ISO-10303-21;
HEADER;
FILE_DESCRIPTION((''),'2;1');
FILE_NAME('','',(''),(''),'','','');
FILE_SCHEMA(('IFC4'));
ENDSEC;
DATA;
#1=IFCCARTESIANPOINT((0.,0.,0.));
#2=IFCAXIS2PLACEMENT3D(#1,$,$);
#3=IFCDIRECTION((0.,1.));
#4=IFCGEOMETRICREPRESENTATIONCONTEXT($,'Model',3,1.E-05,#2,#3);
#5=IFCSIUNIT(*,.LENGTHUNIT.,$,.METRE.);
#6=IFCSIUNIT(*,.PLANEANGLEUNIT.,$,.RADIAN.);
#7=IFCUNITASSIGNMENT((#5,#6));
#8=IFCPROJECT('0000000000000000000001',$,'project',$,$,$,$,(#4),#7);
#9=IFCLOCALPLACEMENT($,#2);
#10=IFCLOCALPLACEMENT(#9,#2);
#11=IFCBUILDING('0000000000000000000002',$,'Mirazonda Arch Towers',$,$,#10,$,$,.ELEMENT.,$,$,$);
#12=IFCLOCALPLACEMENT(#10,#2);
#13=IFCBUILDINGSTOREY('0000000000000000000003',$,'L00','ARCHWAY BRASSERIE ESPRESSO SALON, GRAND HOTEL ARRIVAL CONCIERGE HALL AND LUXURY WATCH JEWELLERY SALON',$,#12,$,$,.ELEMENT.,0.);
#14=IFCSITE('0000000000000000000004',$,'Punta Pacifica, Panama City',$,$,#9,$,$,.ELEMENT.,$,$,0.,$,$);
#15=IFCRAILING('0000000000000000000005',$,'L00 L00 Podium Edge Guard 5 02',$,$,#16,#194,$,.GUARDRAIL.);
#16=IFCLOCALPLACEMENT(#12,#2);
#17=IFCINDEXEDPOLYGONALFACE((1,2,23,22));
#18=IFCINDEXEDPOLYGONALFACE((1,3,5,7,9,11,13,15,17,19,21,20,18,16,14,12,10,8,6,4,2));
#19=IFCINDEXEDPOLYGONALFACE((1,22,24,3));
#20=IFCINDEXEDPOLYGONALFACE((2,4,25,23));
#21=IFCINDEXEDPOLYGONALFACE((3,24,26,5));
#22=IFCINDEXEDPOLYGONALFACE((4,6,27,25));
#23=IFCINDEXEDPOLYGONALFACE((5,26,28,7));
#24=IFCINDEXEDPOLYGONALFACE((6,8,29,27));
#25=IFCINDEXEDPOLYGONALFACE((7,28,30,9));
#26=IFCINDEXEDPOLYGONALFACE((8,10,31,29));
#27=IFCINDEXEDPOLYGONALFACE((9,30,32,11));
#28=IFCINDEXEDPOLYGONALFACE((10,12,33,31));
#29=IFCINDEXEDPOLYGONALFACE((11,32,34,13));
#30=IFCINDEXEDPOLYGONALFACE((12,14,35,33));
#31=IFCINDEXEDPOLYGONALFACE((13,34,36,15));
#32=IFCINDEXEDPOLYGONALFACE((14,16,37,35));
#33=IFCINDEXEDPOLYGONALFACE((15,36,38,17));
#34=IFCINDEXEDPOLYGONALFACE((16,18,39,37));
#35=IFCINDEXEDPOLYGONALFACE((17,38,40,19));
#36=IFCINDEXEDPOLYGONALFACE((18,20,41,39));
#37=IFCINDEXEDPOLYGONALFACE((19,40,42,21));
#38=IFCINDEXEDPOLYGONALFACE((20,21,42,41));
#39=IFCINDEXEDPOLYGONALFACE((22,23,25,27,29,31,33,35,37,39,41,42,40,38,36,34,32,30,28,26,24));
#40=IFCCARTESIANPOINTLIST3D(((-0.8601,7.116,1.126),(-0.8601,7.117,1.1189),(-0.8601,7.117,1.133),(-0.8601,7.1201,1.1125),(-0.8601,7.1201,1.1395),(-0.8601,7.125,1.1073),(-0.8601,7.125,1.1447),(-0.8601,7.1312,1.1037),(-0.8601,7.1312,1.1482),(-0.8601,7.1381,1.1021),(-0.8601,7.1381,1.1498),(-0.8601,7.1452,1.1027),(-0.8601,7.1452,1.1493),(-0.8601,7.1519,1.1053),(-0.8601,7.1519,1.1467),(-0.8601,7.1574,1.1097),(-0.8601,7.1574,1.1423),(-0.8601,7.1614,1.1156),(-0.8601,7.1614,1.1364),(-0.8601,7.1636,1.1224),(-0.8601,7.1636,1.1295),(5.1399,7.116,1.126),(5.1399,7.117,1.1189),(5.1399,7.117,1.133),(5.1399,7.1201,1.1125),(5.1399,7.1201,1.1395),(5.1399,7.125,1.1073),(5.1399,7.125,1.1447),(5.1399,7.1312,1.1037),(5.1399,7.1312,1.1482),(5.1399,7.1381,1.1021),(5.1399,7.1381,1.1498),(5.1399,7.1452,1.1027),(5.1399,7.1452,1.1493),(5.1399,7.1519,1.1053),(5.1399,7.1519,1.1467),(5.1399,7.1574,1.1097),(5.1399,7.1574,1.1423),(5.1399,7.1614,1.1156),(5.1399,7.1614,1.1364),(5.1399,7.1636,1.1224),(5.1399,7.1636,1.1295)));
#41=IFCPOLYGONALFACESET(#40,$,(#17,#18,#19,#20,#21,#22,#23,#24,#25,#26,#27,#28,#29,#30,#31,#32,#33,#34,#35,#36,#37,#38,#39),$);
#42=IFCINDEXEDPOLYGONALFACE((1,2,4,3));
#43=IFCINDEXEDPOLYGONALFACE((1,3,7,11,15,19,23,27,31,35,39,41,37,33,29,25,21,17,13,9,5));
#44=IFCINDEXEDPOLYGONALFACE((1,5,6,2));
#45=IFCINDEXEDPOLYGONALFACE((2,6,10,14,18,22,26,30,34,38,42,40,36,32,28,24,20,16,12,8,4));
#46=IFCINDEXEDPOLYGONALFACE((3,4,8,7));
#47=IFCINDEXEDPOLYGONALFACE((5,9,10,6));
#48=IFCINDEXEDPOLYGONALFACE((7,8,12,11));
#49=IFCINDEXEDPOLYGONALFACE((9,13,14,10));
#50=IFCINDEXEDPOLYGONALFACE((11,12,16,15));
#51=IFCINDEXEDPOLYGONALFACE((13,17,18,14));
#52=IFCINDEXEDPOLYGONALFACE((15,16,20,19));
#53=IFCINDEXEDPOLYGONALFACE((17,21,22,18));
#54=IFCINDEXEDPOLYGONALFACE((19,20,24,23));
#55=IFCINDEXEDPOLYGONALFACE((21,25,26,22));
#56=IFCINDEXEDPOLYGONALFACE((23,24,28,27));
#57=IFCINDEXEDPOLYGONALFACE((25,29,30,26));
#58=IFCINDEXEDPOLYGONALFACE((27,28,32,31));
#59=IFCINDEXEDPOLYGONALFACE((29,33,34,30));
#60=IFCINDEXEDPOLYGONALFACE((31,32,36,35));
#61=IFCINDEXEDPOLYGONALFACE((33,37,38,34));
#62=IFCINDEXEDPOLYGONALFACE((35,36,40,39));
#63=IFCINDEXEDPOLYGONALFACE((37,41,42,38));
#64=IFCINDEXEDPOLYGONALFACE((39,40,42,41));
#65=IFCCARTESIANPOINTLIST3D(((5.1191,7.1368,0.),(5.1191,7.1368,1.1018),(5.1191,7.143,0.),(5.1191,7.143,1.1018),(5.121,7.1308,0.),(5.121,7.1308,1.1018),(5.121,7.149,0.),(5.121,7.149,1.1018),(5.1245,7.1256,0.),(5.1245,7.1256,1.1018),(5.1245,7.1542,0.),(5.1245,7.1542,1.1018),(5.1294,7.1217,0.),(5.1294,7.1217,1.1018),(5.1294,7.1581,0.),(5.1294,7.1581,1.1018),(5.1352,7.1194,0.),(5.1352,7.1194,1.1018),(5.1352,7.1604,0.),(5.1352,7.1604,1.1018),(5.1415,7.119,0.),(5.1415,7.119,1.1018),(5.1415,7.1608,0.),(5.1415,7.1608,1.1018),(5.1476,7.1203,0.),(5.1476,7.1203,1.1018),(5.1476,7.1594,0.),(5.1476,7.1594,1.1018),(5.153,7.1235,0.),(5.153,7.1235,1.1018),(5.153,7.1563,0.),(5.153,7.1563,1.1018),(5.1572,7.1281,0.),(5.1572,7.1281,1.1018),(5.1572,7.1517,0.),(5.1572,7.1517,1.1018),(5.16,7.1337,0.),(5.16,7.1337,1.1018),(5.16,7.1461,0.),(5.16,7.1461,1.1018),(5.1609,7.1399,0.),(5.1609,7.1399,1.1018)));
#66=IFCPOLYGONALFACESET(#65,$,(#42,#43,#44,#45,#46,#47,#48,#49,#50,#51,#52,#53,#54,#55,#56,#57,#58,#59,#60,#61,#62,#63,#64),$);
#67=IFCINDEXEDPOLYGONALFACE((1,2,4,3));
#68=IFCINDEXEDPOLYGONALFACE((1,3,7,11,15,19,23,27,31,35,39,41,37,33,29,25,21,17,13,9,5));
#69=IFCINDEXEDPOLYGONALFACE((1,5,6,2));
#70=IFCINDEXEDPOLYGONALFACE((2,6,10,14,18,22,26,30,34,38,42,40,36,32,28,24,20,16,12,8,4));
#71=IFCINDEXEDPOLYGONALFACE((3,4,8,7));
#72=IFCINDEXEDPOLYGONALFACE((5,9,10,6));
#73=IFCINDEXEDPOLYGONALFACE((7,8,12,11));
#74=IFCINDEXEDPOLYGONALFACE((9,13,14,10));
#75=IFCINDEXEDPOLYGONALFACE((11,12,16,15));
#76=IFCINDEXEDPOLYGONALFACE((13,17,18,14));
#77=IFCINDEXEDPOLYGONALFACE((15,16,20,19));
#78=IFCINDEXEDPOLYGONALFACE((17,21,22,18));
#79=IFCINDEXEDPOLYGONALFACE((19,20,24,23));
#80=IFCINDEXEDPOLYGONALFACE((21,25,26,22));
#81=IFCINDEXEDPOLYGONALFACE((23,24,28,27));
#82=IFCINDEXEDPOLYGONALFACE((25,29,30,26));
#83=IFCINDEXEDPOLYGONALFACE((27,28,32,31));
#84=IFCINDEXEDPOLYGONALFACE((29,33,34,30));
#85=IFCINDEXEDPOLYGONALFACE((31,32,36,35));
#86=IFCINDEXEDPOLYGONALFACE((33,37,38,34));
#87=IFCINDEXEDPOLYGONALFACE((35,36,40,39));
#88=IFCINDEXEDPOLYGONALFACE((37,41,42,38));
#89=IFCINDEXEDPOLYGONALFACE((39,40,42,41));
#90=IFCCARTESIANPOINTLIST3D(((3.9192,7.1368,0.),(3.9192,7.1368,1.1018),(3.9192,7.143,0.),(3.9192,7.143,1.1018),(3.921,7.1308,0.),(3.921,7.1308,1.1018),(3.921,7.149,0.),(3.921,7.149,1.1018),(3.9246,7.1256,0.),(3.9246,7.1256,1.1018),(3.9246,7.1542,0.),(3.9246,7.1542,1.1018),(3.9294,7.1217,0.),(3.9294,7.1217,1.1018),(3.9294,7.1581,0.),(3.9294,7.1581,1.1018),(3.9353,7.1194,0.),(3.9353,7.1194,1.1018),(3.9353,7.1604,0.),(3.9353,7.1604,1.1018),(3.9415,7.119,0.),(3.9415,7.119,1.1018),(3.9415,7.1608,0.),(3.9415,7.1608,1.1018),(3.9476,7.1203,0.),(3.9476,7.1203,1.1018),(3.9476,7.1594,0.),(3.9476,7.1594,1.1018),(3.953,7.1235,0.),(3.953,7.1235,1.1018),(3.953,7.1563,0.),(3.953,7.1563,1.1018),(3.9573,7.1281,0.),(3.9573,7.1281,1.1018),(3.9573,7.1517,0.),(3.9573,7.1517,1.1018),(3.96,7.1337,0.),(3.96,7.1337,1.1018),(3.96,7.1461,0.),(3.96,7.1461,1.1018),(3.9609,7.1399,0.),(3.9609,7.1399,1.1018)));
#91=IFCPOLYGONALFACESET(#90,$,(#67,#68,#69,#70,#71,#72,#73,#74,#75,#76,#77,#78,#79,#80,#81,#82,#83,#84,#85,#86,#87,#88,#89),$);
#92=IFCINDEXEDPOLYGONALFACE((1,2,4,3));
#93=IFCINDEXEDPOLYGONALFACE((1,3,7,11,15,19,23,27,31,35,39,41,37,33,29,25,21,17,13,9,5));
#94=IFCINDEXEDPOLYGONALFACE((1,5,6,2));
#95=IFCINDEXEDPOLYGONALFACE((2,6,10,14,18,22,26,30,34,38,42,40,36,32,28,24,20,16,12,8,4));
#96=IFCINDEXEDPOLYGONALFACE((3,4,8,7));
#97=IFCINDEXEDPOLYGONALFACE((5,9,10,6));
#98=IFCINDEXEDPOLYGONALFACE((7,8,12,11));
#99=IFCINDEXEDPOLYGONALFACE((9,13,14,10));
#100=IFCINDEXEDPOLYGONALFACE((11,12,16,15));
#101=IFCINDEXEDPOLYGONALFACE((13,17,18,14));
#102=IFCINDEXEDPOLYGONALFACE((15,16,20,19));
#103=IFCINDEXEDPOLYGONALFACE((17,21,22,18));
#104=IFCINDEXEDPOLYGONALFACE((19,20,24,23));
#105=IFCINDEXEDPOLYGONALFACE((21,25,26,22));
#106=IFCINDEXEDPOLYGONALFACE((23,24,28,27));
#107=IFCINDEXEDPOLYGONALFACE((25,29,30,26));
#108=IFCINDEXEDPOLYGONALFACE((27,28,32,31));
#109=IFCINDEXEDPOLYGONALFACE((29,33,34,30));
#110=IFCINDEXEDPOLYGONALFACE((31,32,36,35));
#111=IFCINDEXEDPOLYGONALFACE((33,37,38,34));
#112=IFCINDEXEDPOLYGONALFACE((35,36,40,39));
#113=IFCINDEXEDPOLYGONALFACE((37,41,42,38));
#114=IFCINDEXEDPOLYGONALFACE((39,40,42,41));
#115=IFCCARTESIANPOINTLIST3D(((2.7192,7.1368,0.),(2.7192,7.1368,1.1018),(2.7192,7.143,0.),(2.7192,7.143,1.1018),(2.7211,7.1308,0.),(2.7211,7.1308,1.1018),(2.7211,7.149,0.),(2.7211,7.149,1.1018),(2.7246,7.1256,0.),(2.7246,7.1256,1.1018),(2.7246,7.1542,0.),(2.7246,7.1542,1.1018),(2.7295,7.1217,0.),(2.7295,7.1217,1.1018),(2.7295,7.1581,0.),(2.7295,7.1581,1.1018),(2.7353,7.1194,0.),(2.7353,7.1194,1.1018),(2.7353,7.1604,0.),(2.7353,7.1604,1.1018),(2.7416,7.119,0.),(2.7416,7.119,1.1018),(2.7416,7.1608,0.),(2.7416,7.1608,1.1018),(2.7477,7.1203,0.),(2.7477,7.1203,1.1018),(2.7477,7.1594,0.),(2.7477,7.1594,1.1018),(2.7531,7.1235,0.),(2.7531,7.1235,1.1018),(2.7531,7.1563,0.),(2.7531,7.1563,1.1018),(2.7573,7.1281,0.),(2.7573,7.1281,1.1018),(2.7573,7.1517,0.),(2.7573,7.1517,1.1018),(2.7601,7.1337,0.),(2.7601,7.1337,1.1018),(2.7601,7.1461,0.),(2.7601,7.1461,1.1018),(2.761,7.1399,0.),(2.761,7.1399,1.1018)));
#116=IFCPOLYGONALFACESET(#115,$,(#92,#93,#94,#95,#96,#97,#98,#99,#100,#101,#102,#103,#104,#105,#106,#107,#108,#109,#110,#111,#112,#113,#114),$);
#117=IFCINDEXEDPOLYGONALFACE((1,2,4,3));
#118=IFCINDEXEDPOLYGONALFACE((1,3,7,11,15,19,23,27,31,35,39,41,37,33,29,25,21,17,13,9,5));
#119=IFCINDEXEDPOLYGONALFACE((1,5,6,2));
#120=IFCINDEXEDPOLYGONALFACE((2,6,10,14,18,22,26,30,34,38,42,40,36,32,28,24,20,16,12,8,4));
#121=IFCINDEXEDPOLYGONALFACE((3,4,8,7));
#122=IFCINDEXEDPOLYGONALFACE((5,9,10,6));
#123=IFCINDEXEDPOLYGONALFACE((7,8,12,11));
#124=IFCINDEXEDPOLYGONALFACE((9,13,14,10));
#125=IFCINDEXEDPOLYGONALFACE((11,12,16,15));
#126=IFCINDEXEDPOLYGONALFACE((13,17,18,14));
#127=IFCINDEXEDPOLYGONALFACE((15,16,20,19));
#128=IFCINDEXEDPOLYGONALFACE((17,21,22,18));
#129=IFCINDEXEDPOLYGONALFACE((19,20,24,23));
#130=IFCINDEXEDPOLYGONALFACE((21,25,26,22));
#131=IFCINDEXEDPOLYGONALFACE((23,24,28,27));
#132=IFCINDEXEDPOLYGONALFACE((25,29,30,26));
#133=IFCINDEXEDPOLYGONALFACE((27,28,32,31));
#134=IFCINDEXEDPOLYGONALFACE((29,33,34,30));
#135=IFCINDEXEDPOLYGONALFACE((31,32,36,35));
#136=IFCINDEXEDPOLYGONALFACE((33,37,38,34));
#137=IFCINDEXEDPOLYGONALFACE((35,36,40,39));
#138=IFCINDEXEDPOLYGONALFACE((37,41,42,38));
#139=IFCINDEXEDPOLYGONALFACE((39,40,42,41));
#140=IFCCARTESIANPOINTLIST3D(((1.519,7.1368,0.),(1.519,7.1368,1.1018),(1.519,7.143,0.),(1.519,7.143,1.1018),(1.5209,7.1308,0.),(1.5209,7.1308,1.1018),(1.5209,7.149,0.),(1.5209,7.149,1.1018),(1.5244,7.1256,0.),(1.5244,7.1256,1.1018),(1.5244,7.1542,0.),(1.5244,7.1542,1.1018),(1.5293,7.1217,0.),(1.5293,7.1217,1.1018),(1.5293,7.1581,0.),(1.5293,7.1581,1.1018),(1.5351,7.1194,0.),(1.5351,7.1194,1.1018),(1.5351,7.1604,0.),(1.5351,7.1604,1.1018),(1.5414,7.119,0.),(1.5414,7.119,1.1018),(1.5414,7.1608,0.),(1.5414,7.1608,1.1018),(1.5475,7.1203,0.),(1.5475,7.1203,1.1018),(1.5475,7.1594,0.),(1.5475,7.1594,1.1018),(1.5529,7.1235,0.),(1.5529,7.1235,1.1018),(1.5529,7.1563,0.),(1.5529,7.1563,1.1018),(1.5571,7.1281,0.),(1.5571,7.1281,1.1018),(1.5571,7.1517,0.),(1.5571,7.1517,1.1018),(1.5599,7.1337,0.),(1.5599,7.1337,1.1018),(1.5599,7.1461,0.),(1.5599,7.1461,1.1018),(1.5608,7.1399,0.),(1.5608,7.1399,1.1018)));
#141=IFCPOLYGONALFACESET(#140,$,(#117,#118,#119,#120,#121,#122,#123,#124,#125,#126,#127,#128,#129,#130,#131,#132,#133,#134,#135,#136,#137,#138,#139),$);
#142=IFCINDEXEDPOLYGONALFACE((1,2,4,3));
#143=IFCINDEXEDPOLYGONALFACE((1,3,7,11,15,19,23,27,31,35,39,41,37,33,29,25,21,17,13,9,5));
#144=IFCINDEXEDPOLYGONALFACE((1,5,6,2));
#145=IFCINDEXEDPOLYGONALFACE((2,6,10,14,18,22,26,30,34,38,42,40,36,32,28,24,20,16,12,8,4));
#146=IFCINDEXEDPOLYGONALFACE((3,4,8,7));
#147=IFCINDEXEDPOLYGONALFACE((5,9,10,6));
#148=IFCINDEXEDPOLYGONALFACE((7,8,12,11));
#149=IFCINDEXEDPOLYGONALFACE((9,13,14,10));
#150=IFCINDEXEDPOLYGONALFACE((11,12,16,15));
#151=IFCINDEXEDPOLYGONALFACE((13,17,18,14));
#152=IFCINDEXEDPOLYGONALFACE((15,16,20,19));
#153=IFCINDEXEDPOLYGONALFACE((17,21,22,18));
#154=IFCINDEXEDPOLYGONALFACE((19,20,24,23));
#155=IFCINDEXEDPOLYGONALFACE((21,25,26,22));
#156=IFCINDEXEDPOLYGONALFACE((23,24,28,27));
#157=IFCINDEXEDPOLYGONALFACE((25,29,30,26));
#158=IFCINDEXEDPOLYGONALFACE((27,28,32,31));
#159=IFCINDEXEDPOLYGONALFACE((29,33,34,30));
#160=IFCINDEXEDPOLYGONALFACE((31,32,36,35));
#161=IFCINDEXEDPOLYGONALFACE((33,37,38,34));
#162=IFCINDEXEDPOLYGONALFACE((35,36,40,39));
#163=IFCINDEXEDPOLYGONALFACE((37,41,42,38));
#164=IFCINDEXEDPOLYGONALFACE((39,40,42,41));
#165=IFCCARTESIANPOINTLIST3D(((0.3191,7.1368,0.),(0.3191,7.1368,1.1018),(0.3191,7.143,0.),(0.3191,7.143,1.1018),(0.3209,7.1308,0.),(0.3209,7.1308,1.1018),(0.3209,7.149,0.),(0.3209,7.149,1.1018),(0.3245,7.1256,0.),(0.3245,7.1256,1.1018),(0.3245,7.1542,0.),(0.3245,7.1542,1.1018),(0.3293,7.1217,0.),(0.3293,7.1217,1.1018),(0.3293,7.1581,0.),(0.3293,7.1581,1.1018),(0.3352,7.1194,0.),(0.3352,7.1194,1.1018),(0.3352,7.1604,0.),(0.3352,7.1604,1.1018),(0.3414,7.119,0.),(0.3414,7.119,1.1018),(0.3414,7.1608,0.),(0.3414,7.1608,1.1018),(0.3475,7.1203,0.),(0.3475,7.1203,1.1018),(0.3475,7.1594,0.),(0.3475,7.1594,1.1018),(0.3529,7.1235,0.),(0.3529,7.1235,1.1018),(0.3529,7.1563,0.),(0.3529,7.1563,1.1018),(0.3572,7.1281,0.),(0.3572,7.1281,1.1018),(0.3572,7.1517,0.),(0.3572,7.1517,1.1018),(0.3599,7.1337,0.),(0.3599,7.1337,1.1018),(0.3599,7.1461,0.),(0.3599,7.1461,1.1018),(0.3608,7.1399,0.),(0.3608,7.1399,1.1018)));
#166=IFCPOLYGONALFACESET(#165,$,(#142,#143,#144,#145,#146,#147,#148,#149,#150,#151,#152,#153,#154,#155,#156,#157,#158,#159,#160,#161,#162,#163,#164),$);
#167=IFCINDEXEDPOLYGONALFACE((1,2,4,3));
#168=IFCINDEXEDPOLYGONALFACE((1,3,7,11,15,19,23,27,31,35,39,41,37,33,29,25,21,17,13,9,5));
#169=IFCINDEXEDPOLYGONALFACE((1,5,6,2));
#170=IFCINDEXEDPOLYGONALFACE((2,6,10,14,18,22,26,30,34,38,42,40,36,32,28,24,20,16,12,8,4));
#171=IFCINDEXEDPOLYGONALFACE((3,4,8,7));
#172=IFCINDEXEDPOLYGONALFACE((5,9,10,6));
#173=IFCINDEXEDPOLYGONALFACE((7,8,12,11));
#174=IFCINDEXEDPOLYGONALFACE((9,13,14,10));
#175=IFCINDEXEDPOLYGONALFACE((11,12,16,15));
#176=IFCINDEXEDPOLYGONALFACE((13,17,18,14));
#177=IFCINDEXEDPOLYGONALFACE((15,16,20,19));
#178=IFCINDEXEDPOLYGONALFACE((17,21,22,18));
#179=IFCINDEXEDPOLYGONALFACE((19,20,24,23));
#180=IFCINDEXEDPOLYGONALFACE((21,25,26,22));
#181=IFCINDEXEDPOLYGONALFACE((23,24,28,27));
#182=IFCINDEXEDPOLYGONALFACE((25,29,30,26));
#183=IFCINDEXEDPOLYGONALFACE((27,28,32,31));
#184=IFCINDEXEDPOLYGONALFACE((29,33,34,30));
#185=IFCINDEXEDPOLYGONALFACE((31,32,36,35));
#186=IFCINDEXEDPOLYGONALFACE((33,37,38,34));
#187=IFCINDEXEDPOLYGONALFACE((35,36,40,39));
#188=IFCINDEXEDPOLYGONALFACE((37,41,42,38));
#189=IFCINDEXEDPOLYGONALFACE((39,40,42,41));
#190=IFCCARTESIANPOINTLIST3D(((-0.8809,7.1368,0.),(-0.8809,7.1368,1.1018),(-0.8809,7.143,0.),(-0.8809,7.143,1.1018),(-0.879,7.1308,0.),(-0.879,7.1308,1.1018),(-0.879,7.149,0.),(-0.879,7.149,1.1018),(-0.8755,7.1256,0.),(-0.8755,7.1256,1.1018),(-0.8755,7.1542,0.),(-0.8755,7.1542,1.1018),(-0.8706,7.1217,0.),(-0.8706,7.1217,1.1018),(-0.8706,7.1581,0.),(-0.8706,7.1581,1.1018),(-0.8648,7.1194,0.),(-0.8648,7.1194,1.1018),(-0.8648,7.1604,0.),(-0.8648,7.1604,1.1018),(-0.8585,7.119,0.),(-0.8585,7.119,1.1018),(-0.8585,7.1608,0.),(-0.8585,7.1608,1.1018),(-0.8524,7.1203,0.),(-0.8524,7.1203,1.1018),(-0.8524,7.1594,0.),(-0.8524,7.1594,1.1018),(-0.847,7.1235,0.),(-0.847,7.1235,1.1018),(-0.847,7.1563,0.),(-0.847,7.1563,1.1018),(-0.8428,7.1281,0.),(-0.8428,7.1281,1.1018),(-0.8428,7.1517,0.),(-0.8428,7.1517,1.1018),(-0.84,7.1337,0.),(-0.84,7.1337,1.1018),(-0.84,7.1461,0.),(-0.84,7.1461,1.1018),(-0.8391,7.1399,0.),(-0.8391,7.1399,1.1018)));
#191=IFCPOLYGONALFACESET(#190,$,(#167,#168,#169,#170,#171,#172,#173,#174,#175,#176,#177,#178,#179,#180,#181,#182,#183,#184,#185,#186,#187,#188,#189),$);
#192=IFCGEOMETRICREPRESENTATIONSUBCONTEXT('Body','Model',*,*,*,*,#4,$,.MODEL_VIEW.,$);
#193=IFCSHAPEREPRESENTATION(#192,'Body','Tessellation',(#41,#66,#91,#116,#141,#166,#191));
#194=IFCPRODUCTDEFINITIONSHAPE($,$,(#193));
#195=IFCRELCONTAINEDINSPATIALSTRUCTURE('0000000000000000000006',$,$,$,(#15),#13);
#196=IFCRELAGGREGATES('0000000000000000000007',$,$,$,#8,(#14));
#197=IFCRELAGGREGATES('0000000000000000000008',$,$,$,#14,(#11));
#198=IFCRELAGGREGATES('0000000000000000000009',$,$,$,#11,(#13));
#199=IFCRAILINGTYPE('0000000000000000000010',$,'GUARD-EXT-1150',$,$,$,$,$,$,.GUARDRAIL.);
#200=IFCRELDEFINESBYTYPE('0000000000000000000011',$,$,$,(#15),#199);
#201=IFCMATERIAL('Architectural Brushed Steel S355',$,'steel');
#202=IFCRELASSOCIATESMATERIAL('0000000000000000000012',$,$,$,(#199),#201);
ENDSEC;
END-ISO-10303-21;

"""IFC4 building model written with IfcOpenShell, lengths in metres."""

from ifc_helpers import new_model, si_unit, direction, frame, origin, origin_2d, place, context, subcontext, project, spatial, circle, extrude, material, type_object, element, save


model = new_model("IFC4")

# Units and contexts
model_context = context("Model", 3, precision=1e-05, world=origin(), true_north=direction((0.0, 1.0)))
body_context = subcontext(model_context, "Body", "Model", "MODEL_VIEW")
ifc_project = project(units=[si_unit("LENGTHUNIT", "METRE"), si_unit("PLANEANGLEUNIT", "RADIAN")], contexts=[model_context])

# Site, building, storey
site_placement = place(None, origin())
site = spatial("IfcSite", under=ifc_project, at=site_placement, Name="Punta Pacifica, Panama City", CompositionType="ELEMENT", RefElevation=0.0)
building_placement = place(site_placement, origin())
building = spatial("IfcBuilding", under=site, at=building_placement, Name="Mirazonda Arch Towers", CompositionType="ELEMENT")
storey_placement = place(building_placement, origin())
storey = spatial("IfcBuildingStorey", under=building, at=storey_placement, Name="L00", Description="ARCHWAY BRASSERIE ESPRESSO SALON, GRAND HOTEL ARRIVAL CONCIERGE HALL AND LUXURY WATCH JEWELLERY SALON", CompositionType="ELEMENT", Elevation=0.0)

# Shared definitions
ifc_material_1 = material(Name="Architectural Brushed Steel S355", Category="steel")

# Railing
railing_type = type_object("IfcRailingType", Name="GUARD-EXT-1150", PredefinedType="GUARDRAIL", material=ifc_material_1)
railing_1_placement = place(storey_placement, frame((5.1399, 7.1399, 0.0)))
element("IfcRailing", 1, at=railing_1_placement, inside=storey, type_object=railing_type, Name="L00 L00 Podium Edge Guard 5 02", PredefinedType="GUARDRAIL", context=body_context, shape_type="SweptSolid", body=[
    extrude(circle(Radius=0.0239, at=origin_2d()), frame((0.0, 0.0, 1.126), z_axis=(-1.0, 0.0, 0.0), x_axis=(0.0, -1.0, 0.0)), (0.0, 0.0, 1.0), 6.0),
    extrude(circle(Radius=0.021, at=origin_2d()), origin(), (0.0, 0.0, 1.0), 1.1018),
    extrude(circle(Radius=0.021, at=origin_2d()), frame((-1.2, 0.0, 0.0)), (0.0, 0.0, 1.0), 1.1018),
    extrude(circle(Radius=0.021, at=origin_2d()), frame((-2.3999, 0.0, 0.0)), (0.0, 0.0, 1.0), 1.1018),
    extrude(circle(Radius=0.021, at=origin_2d()), frame((-3.6001, 0.0, 0.0)), (0.0, 0.0, 1.0), 1.1018),
    extrude(circle(Radius=0.021, at=origin_2d()), frame((-4.8, 0.0, 0.0)), (0.0, 0.0, 1.0), 1.1018),
    extrude(circle(Radius=0.021, at=origin_2d()), frame((-6.0, 0.0, 0.0)), (0.0, 0.0, 1.0), 1.1018),
])

save(model, "model.ifc")
